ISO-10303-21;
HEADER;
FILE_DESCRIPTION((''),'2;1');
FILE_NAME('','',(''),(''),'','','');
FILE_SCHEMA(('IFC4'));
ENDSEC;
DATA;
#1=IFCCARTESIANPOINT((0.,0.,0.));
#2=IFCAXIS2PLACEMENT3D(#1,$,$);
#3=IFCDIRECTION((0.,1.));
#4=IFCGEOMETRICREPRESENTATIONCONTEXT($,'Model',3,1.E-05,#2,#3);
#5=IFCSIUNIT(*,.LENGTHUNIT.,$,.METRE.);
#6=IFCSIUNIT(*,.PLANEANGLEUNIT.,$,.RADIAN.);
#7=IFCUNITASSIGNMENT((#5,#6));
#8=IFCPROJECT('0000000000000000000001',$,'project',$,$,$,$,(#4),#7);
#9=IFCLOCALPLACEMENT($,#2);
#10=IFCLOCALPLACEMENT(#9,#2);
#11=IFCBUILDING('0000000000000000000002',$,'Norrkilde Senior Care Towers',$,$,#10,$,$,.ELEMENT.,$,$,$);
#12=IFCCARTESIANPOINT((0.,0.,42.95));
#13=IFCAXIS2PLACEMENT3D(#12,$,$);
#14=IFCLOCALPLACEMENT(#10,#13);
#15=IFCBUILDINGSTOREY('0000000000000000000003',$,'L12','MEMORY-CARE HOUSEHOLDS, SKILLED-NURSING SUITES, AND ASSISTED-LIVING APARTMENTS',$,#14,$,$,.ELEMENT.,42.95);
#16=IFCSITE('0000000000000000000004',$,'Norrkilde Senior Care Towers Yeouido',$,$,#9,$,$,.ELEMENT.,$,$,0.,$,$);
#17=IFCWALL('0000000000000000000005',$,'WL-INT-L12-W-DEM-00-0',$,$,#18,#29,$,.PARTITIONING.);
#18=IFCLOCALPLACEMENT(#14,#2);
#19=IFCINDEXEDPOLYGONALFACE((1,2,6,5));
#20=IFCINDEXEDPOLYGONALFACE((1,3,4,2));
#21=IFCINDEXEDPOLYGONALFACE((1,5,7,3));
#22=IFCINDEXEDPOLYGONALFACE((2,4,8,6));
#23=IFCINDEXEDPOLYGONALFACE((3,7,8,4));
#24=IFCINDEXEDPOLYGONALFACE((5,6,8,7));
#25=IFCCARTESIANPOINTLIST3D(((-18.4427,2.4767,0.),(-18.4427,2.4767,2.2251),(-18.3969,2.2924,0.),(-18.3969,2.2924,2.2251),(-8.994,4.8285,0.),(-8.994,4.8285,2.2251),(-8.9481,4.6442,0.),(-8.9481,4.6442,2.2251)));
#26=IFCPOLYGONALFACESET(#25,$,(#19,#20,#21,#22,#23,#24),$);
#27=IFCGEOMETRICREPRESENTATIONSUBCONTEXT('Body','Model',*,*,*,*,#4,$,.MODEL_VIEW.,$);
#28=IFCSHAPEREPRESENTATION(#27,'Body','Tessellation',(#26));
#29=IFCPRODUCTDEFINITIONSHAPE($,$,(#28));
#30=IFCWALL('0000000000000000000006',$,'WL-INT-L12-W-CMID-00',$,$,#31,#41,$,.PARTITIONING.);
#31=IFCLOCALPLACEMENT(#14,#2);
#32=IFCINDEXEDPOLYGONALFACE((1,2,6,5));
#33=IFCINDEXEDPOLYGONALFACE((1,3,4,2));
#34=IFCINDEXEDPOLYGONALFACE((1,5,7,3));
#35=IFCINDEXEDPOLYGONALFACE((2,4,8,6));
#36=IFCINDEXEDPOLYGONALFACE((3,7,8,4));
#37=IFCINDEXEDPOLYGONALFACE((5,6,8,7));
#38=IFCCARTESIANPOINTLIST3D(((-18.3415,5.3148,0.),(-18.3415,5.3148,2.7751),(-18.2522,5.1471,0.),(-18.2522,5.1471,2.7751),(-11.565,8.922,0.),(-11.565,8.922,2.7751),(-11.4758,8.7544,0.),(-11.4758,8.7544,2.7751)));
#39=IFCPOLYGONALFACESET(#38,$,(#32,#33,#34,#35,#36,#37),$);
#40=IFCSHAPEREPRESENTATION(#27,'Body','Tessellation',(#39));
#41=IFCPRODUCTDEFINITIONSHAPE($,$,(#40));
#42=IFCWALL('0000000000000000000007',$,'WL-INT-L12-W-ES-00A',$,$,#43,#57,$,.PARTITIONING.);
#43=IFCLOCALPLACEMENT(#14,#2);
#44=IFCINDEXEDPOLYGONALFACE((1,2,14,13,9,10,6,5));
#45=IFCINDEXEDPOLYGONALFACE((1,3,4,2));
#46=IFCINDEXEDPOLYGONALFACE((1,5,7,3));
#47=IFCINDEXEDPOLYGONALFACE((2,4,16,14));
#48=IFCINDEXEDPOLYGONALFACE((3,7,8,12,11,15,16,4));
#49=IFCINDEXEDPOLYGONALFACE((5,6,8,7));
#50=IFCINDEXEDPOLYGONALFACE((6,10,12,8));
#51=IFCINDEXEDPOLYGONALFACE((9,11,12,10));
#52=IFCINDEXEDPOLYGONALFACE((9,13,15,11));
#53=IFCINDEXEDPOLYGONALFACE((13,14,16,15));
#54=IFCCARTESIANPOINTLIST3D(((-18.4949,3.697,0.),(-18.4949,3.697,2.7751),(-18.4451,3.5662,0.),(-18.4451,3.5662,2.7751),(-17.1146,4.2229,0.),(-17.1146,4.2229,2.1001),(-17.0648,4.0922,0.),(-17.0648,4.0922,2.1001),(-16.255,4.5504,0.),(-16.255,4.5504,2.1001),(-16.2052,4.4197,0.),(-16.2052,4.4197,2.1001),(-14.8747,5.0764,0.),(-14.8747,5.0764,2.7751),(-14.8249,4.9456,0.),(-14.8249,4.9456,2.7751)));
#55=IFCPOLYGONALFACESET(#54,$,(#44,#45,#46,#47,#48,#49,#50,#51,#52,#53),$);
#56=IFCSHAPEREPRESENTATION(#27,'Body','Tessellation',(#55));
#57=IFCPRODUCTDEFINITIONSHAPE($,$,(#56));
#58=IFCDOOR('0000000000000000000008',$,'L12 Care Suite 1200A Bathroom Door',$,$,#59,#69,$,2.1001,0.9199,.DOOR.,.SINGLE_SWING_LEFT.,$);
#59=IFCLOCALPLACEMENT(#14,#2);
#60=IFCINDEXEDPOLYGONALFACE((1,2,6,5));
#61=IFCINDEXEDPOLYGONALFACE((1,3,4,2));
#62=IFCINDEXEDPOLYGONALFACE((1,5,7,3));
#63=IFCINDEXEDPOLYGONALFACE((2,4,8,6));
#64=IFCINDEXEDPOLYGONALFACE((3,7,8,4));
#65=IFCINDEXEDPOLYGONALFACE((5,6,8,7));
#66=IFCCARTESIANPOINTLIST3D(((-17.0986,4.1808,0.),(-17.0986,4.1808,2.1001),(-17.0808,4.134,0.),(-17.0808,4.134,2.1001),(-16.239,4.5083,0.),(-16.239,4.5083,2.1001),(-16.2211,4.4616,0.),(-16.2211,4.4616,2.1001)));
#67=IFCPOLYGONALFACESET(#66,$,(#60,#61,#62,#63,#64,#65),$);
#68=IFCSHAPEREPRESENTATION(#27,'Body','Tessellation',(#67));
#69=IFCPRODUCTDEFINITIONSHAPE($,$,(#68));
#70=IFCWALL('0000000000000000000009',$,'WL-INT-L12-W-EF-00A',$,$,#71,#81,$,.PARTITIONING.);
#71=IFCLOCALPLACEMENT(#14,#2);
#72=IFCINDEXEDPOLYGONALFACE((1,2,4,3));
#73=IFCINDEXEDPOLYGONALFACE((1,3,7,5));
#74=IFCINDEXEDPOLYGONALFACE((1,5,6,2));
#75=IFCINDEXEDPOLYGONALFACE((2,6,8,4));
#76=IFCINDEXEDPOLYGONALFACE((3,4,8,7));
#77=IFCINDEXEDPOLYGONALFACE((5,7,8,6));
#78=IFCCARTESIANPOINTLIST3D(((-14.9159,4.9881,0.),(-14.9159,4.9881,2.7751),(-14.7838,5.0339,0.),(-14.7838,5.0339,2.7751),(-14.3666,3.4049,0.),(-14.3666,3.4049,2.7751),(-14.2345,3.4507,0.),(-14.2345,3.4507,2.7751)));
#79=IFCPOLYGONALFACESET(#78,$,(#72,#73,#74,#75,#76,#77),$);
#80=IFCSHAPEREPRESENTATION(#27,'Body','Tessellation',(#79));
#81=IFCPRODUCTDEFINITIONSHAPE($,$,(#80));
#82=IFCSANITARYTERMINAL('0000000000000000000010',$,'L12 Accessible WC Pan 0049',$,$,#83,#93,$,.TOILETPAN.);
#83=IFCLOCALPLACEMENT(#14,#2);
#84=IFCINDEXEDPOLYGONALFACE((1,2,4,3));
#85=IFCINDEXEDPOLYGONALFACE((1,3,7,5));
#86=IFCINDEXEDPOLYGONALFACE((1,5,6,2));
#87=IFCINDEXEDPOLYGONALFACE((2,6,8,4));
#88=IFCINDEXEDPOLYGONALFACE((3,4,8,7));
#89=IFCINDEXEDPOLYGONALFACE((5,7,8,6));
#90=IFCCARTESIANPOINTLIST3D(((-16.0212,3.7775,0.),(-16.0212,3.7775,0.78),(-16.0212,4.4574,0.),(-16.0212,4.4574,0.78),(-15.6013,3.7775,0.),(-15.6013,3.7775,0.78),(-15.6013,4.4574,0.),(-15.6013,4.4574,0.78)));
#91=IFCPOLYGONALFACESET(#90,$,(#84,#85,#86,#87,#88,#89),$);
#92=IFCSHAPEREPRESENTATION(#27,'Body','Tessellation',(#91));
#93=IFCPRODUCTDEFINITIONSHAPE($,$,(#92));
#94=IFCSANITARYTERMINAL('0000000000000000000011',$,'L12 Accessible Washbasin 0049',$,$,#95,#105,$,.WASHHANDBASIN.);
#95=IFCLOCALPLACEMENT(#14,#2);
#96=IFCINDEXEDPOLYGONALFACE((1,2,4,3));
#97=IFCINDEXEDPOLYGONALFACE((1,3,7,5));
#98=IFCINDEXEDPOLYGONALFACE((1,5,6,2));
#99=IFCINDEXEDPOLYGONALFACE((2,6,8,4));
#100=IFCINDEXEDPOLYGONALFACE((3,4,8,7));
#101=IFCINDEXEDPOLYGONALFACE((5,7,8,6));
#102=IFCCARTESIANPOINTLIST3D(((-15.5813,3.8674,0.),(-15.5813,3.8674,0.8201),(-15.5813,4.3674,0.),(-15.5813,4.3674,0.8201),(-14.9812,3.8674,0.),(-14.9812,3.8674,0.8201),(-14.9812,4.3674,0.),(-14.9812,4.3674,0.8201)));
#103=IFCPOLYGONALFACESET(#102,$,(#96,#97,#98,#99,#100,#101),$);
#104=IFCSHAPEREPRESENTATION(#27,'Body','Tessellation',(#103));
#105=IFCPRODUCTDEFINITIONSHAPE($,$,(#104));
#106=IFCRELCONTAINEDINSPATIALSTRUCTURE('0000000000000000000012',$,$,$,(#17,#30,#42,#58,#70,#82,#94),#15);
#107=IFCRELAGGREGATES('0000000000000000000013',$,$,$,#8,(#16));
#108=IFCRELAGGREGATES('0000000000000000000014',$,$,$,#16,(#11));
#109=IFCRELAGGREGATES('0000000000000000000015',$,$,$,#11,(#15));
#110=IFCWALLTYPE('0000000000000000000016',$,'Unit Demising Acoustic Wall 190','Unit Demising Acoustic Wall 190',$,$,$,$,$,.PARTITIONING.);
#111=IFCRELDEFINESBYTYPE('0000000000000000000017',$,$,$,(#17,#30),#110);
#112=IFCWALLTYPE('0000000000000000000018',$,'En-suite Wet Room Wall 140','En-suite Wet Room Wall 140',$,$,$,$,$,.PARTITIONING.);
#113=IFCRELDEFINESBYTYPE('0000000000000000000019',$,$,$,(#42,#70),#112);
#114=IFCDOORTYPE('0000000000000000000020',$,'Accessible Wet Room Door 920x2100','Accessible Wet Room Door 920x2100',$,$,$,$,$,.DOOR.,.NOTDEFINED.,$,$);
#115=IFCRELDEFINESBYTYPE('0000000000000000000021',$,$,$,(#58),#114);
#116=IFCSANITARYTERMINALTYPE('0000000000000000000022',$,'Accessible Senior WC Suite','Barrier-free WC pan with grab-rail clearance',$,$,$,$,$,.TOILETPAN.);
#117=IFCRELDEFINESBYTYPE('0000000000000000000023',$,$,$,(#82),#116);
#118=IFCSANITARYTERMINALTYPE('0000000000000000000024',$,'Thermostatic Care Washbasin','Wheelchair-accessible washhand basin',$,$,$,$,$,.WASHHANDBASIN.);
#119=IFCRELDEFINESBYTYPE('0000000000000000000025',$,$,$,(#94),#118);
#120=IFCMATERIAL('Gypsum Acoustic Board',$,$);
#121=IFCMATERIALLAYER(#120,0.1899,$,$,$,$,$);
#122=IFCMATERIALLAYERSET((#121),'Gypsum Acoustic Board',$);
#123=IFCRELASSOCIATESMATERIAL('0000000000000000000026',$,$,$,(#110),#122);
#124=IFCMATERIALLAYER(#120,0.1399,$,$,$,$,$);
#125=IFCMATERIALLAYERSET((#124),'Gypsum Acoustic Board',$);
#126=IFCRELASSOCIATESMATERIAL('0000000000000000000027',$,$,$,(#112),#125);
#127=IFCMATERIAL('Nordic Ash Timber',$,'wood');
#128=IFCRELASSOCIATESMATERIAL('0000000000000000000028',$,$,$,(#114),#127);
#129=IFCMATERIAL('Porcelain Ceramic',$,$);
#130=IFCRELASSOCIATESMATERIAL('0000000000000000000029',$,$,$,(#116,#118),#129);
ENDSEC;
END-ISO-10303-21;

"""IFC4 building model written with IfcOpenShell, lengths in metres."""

from ifc_helpers import new_model, si_unit, direction, frame, frame_2d, origin, origin_2d, place, context, subcontext, project, spatial, rectangle, extrude, source, transform, mapped, material, layer, layer_set, type_object, type_shapes, element, fill, save


model = new_model("IFC4")

# Units and contexts
model_context = context("Model", 3, precision=1e-05, world=origin(), true_north=direction((0.0, 1.0)))
body_context = subcontext(model_context, "Body", "Model", "MODEL_VIEW")
ifc_project = project(units=[si_unit("LENGTHUNIT", "METRE"), si_unit("PLANEANGLEUNIT", "RADIAN")], contexts=[model_context])

# Site, building, storey
site_placement = place(None, origin())
site = spatial("IfcSite", under=ifc_project, at=site_placement, Name="Norrkilde Senior Care Towers Yeouido", CompositionType="ELEMENT", RefElevation=0.0)
building_placement = place(site_placement, origin())
building = spatial("IfcBuilding", under=site, at=building_placement, Name="Norrkilde Senior Care Towers", CompositionType="ELEMENT")
storey_placement = place(building_placement, frame((0.0, 0.0, 42.95)))
storey = spatial("IfcBuildingStorey", under=building, at=storey_placement, Name="L12", Description="MEMORY-CARE HOUSEHOLDS, SKILLED-NURSING SUITES, AND ASSISTED-LIVING APARTMENTS", CompositionType="ELEMENT", Elevation=42.95)

# Shared definitions
ifc_material_1 = material(Name="Gypsum Acoustic Board")
ifc_material_2 = material(Name="Nordic Ash Timber", Category="wood")

# Shared definitions
ifc_layer_1 = layer(ifc_material_1, 0.1899)
ifc_layer_set_1 = layer_set([ifc_layer_1], Name="Gypsum Acoustic Board")
wall_type_1 = type_object("IfcWallType", Name="Unit Demising Acoustic Wall 190", Description="Unit Demising Acoustic Wall 190", PredefinedType="PARTITIONING", material=ifc_layer_set_1)

# Shared definitions
ifc_layer_2 = layer(ifc_material_1, 0.1399)
ifc_layer_set_2 = layer_set([ifc_layer_2], Name="Gypsum Acoustic Board")
wall_type_2 = type_object("IfcWallType", Name="En-suite Wet Room Wall 140", Description="En-suite Wet Room Wall 140", PredefinedType="PARTITIONING", material=ifc_layer_set_2)
door_type_1 = type_object("IfcDoorType", Name="Accessible Wet Room Door 920x2100", Description="Accessible Wet Room Door 920x2100", OperationType="NOTDEFINED", PredefinedType="DOOR", material=ifc_material_2)
shared_shape_1 = source(origin(), body_context, "Body", "SweptSolid", [
    extrude(rectangle(XDim=0.9199, YDim=2.1001, at=frame_2d((0.46, 1.05))), frame((0.0, 0.0249, 0.0), z_axis=(0.0, -1.0, 0.0), x_axis=(1.0, 0.0, 0.0)), (0.0, 0.0, 1.0), 0.05),
])
type_shapes(door_type_1, [shared_shape_1])

# Walls
shared_shape_2 = source(origin(), body_context, "Body", "SweptSolid", [
    extrude(rectangle(XDim=9.7371, YDim=0.1899, at=frame_2d((4.8687, 0.0))), origin(), (0.0, 0.0, 1.0), 2.2251),
])
wall_1_placement = place(storey_placement, frame((-18.4199, 2.3845, 0.0), z_axis=(0.0, 0.0, 1.0), x_axis=(0.970393, 0.241533, 0.0)))
element("IfcWall", 1, at=wall_1_placement, inside=storey, type_object=wall_type_1, Name="WL-INT-L12-W-DEM-00-0", PredefinedType="PARTITIONING", context=body_context, shape_type="MappedRepresentation", body=[
    mapped(shared_shape_2, transform((0.0, 0.0, 0.0), x_axis=(1.0, 0.0, 0.0), y_axis=(0.0, 1.0, 0.0), z_axis=(0.0, 0.0, 1.0), scale=1.0)),
])
shared_shape_3 = source(origin(), body_context, "Body", "SweptSolid", [
    extrude(rectangle(XDim=7.6768, YDim=0.1899, at=frame_2d((3.8384, 0.0))), origin(), (0.0, 0.0, 1.0), 2.7751),
])
wall_2_placement = place(storey_placement, frame((-18.2969, 5.231, 0.0), z_axis=(0.0, 0.0, 1.0), x_axis=(0.882725, 0.46989, 0.0)))
element("IfcWall", 2, at=wall_2_placement, inside=storey, type_object=wall_type_1, Name="WL-INT-L12-W-CMID-00", PredefinedType="PARTITIONING", context=body_context, shape_type="MappedRepresentation", body=[
    mapped(shared_shape_3, transform((0.0, 0.0, 0.0), x_axis=(1.0, 0.0, 0.0), y_axis=(0.0, 1.0, 0.0), z_axis=(0.0, 0.0, 1.0), scale=1.0)),
])

# Wall, opening, door
shared_shape_4 = source(origin(), body_context, "Body", "SweptSolid", [
    extrude(rectangle(XDim=3.874, YDim=0.1399, at=frame_2d((1.937, 0.0))), origin(), (0.0, 0.0, 1.0), 2.7751),
])
wall_3_placement = place(storey_placement, frame((-18.47, 3.6316, 0.0), z_axis=(0.0, 0.0, 1.0), x_axis=(0.934462, 0.356063, 0.0)))
wall_3 = element("IfcWall", 3, at=wall_3_placement, inside=storey, type_object=wall_type_2, Name="WL-INT-L12-W-ES-00A", PredefinedType="PARTITIONING", context=body_context, shape_type="MappedRepresentation", body=[
    mapped(shared_shape_4, transform((0.0, 0.0, 0.0), x_axis=(1.0, 0.0, 0.0), y_axis=(0.0, 1.0, 0.0), z_axis=(0.0, 0.0, 1.0), scale=1.0)),
])
opening_1_placement = place(wall_3_placement, frame((1.4771, 0.0, 0.0)))
opening_1 = element("IfcOpeningElement", 4, at=opening_1_placement, cuts=wall_3, PredefinedType="OPENING", context=body_context, shape_type="SweptSolid", body=[
    extrude(rectangle(XDim=0.9199, YDim=2.1001, at=frame_2d((0.46, 1.05))), frame((0.0, 0.0798, 0.0), z_axis=(0.0, -1.0, 0.0), x_axis=(1.0, 0.0, 0.0)), (0.0, 0.0, 1.0), 0.1599),
])
door_1_placement = place(opening_1_placement, origin())
door_1 = element("IfcDoor", 5, at=door_1_placement, inside=storey, type_object=door_type_1, Name="L12 Care Suite 1200A Bathroom Door", OperationType="SINGLE_SWING_LEFT", OverallHeight=2.1001, OverallWidth=0.9199, PredefinedType="DOOR", context=body_context, shape_type="MappedRepresentation", body=[
    mapped(shared_shape_1, transform((0.0, 0.0, 0.0), x_axis=(1.0, 0.0, 0.0), y_axis=(0.0, 1.0, 0.0), z_axis=(0.0, 0.0, 1.0), scale=1.0)),
])
fill(opening_1, door_1)

# Wall
shared_shape_5 = source(origin(), body_context, "Body", "SweptSolid", [
    extrude(rectangle(XDim=1.6758, YDim=0.1399, at=frame_2d((0.8379, 0.0))), origin(), (0.0, 0.0, 1.0), 2.7751),
])
wall_4_placement = place(storey_placement, frame((-14.8499, 5.011, 0.0), z_axis=(0.0, 0.0, 1.0), x_axis=(0.327786, -0.944752, 0.0)))
element("IfcWall", 6, at=wall_4_placement, inside=storey, type_object=wall_type_2, Name="WL-INT-L12-W-EF-00A", PredefinedType="PARTITIONING", context=body_context, shape_type="MappedRepresentation", body=[
    mapped(shared_shape_5, transform((0.0, 0.0, 0.0), x_axis=(1.0, 0.0, 0.0), y_axis=(0.0, 1.0, 0.0), z_axis=(0.0, 0.0, 1.0), scale=1.0)),
])

# Sanitary terminals
ifc_material_3 = material(Name="Porcelain Ceramic")
sanitary_terminal_type_1 = type_object("IfcSanitaryTerminalType", Name="Accessible Senior WC Suite", Description="Barrier-free WC pan with grab-rail clearance", PredefinedType="TOILETPAN", material=ifc_material_3)
shared_shape_6 = source(origin(), body_context, "Body", "SweptSolid", [
    extrude(rectangle(XDim=0.4199, YDim=0.6799, at=origin_2d()), origin(), (0.0, 0.0, 1.0), 0.78),
])
type_shapes(sanitary_terminal_type_1, [shared_shape_6])
sanitary_terminal_1_placement = place(storey_placement, frame((-15.8113, 4.1174, 0.0), z_axis=(0.0, 0.0, 1.0), x_axis=(1.0, 0.0, 0.0)))
element("IfcSanitaryTerminal", 7, at=sanitary_terminal_1_placement, inside=storey, type_object=sanitary_terminal_type_1, Name="L12 Accessible WC Pan 0049", PredefinedType="TOILETPAN", context=body_context, shape_type="MappedRepresentation", body=[
    mapped(shared_shape_6, transform((0.0, 0.0, 0.0), x_axis=(1.0, 0.0, 0.0), y_axis=(0.0, 1.0, 0.0), z_axis=(0.0, 0.0, 1.0), scale=1.0)),
])
sanitary_terminal_type_2 = type_object("IfcSanitaryTerminalType", Name="Thermostatic Care Washbasin", Description="Wheelchair-accessible washhand basin", PredefinedType="WASHHANDBASIN", material=ifc_material_3)
shared_shape_7 = source(origin(), body_context, "Body", "SweptSolid", [
    extrude(rectangle(XDim=0.6001, YDim=0.5, at=origin_2d()), origin(), (0.0, 0.0, 1.0), 0.8201),
])
type_shapes(sanitary_terminal_type_2, [shared_shape_7])
sanitary_terminal_2_placement = place(storey_placement, frame((-15.2812, 4.1174, 0.0), z_axis=(0.0, 0.0, 1.0), x_axis=(1.0, 0.0, 0.0)))
element("IfcSanitaryTerminal", 8, at=sanitary_terminal_2_placement, inside=storey, type_object=sanitary_terminal_type_2, Name="L12 Accessible Washbasin 0049", PredefinedType="WASHHANDBASIN", context=body_context, shape_type="MappedRepresentation", body=[
    mapped(shared_shape_7, transform((0.0, 0.0, 0.0), x_axis=(1.0, 0.0, 0.0), y_axis=(0.0, 1.0, 0.0), z_axis=(0.0, 0.0, 1.0), scale=1.0)),
])

save(model, "model.ifc")
